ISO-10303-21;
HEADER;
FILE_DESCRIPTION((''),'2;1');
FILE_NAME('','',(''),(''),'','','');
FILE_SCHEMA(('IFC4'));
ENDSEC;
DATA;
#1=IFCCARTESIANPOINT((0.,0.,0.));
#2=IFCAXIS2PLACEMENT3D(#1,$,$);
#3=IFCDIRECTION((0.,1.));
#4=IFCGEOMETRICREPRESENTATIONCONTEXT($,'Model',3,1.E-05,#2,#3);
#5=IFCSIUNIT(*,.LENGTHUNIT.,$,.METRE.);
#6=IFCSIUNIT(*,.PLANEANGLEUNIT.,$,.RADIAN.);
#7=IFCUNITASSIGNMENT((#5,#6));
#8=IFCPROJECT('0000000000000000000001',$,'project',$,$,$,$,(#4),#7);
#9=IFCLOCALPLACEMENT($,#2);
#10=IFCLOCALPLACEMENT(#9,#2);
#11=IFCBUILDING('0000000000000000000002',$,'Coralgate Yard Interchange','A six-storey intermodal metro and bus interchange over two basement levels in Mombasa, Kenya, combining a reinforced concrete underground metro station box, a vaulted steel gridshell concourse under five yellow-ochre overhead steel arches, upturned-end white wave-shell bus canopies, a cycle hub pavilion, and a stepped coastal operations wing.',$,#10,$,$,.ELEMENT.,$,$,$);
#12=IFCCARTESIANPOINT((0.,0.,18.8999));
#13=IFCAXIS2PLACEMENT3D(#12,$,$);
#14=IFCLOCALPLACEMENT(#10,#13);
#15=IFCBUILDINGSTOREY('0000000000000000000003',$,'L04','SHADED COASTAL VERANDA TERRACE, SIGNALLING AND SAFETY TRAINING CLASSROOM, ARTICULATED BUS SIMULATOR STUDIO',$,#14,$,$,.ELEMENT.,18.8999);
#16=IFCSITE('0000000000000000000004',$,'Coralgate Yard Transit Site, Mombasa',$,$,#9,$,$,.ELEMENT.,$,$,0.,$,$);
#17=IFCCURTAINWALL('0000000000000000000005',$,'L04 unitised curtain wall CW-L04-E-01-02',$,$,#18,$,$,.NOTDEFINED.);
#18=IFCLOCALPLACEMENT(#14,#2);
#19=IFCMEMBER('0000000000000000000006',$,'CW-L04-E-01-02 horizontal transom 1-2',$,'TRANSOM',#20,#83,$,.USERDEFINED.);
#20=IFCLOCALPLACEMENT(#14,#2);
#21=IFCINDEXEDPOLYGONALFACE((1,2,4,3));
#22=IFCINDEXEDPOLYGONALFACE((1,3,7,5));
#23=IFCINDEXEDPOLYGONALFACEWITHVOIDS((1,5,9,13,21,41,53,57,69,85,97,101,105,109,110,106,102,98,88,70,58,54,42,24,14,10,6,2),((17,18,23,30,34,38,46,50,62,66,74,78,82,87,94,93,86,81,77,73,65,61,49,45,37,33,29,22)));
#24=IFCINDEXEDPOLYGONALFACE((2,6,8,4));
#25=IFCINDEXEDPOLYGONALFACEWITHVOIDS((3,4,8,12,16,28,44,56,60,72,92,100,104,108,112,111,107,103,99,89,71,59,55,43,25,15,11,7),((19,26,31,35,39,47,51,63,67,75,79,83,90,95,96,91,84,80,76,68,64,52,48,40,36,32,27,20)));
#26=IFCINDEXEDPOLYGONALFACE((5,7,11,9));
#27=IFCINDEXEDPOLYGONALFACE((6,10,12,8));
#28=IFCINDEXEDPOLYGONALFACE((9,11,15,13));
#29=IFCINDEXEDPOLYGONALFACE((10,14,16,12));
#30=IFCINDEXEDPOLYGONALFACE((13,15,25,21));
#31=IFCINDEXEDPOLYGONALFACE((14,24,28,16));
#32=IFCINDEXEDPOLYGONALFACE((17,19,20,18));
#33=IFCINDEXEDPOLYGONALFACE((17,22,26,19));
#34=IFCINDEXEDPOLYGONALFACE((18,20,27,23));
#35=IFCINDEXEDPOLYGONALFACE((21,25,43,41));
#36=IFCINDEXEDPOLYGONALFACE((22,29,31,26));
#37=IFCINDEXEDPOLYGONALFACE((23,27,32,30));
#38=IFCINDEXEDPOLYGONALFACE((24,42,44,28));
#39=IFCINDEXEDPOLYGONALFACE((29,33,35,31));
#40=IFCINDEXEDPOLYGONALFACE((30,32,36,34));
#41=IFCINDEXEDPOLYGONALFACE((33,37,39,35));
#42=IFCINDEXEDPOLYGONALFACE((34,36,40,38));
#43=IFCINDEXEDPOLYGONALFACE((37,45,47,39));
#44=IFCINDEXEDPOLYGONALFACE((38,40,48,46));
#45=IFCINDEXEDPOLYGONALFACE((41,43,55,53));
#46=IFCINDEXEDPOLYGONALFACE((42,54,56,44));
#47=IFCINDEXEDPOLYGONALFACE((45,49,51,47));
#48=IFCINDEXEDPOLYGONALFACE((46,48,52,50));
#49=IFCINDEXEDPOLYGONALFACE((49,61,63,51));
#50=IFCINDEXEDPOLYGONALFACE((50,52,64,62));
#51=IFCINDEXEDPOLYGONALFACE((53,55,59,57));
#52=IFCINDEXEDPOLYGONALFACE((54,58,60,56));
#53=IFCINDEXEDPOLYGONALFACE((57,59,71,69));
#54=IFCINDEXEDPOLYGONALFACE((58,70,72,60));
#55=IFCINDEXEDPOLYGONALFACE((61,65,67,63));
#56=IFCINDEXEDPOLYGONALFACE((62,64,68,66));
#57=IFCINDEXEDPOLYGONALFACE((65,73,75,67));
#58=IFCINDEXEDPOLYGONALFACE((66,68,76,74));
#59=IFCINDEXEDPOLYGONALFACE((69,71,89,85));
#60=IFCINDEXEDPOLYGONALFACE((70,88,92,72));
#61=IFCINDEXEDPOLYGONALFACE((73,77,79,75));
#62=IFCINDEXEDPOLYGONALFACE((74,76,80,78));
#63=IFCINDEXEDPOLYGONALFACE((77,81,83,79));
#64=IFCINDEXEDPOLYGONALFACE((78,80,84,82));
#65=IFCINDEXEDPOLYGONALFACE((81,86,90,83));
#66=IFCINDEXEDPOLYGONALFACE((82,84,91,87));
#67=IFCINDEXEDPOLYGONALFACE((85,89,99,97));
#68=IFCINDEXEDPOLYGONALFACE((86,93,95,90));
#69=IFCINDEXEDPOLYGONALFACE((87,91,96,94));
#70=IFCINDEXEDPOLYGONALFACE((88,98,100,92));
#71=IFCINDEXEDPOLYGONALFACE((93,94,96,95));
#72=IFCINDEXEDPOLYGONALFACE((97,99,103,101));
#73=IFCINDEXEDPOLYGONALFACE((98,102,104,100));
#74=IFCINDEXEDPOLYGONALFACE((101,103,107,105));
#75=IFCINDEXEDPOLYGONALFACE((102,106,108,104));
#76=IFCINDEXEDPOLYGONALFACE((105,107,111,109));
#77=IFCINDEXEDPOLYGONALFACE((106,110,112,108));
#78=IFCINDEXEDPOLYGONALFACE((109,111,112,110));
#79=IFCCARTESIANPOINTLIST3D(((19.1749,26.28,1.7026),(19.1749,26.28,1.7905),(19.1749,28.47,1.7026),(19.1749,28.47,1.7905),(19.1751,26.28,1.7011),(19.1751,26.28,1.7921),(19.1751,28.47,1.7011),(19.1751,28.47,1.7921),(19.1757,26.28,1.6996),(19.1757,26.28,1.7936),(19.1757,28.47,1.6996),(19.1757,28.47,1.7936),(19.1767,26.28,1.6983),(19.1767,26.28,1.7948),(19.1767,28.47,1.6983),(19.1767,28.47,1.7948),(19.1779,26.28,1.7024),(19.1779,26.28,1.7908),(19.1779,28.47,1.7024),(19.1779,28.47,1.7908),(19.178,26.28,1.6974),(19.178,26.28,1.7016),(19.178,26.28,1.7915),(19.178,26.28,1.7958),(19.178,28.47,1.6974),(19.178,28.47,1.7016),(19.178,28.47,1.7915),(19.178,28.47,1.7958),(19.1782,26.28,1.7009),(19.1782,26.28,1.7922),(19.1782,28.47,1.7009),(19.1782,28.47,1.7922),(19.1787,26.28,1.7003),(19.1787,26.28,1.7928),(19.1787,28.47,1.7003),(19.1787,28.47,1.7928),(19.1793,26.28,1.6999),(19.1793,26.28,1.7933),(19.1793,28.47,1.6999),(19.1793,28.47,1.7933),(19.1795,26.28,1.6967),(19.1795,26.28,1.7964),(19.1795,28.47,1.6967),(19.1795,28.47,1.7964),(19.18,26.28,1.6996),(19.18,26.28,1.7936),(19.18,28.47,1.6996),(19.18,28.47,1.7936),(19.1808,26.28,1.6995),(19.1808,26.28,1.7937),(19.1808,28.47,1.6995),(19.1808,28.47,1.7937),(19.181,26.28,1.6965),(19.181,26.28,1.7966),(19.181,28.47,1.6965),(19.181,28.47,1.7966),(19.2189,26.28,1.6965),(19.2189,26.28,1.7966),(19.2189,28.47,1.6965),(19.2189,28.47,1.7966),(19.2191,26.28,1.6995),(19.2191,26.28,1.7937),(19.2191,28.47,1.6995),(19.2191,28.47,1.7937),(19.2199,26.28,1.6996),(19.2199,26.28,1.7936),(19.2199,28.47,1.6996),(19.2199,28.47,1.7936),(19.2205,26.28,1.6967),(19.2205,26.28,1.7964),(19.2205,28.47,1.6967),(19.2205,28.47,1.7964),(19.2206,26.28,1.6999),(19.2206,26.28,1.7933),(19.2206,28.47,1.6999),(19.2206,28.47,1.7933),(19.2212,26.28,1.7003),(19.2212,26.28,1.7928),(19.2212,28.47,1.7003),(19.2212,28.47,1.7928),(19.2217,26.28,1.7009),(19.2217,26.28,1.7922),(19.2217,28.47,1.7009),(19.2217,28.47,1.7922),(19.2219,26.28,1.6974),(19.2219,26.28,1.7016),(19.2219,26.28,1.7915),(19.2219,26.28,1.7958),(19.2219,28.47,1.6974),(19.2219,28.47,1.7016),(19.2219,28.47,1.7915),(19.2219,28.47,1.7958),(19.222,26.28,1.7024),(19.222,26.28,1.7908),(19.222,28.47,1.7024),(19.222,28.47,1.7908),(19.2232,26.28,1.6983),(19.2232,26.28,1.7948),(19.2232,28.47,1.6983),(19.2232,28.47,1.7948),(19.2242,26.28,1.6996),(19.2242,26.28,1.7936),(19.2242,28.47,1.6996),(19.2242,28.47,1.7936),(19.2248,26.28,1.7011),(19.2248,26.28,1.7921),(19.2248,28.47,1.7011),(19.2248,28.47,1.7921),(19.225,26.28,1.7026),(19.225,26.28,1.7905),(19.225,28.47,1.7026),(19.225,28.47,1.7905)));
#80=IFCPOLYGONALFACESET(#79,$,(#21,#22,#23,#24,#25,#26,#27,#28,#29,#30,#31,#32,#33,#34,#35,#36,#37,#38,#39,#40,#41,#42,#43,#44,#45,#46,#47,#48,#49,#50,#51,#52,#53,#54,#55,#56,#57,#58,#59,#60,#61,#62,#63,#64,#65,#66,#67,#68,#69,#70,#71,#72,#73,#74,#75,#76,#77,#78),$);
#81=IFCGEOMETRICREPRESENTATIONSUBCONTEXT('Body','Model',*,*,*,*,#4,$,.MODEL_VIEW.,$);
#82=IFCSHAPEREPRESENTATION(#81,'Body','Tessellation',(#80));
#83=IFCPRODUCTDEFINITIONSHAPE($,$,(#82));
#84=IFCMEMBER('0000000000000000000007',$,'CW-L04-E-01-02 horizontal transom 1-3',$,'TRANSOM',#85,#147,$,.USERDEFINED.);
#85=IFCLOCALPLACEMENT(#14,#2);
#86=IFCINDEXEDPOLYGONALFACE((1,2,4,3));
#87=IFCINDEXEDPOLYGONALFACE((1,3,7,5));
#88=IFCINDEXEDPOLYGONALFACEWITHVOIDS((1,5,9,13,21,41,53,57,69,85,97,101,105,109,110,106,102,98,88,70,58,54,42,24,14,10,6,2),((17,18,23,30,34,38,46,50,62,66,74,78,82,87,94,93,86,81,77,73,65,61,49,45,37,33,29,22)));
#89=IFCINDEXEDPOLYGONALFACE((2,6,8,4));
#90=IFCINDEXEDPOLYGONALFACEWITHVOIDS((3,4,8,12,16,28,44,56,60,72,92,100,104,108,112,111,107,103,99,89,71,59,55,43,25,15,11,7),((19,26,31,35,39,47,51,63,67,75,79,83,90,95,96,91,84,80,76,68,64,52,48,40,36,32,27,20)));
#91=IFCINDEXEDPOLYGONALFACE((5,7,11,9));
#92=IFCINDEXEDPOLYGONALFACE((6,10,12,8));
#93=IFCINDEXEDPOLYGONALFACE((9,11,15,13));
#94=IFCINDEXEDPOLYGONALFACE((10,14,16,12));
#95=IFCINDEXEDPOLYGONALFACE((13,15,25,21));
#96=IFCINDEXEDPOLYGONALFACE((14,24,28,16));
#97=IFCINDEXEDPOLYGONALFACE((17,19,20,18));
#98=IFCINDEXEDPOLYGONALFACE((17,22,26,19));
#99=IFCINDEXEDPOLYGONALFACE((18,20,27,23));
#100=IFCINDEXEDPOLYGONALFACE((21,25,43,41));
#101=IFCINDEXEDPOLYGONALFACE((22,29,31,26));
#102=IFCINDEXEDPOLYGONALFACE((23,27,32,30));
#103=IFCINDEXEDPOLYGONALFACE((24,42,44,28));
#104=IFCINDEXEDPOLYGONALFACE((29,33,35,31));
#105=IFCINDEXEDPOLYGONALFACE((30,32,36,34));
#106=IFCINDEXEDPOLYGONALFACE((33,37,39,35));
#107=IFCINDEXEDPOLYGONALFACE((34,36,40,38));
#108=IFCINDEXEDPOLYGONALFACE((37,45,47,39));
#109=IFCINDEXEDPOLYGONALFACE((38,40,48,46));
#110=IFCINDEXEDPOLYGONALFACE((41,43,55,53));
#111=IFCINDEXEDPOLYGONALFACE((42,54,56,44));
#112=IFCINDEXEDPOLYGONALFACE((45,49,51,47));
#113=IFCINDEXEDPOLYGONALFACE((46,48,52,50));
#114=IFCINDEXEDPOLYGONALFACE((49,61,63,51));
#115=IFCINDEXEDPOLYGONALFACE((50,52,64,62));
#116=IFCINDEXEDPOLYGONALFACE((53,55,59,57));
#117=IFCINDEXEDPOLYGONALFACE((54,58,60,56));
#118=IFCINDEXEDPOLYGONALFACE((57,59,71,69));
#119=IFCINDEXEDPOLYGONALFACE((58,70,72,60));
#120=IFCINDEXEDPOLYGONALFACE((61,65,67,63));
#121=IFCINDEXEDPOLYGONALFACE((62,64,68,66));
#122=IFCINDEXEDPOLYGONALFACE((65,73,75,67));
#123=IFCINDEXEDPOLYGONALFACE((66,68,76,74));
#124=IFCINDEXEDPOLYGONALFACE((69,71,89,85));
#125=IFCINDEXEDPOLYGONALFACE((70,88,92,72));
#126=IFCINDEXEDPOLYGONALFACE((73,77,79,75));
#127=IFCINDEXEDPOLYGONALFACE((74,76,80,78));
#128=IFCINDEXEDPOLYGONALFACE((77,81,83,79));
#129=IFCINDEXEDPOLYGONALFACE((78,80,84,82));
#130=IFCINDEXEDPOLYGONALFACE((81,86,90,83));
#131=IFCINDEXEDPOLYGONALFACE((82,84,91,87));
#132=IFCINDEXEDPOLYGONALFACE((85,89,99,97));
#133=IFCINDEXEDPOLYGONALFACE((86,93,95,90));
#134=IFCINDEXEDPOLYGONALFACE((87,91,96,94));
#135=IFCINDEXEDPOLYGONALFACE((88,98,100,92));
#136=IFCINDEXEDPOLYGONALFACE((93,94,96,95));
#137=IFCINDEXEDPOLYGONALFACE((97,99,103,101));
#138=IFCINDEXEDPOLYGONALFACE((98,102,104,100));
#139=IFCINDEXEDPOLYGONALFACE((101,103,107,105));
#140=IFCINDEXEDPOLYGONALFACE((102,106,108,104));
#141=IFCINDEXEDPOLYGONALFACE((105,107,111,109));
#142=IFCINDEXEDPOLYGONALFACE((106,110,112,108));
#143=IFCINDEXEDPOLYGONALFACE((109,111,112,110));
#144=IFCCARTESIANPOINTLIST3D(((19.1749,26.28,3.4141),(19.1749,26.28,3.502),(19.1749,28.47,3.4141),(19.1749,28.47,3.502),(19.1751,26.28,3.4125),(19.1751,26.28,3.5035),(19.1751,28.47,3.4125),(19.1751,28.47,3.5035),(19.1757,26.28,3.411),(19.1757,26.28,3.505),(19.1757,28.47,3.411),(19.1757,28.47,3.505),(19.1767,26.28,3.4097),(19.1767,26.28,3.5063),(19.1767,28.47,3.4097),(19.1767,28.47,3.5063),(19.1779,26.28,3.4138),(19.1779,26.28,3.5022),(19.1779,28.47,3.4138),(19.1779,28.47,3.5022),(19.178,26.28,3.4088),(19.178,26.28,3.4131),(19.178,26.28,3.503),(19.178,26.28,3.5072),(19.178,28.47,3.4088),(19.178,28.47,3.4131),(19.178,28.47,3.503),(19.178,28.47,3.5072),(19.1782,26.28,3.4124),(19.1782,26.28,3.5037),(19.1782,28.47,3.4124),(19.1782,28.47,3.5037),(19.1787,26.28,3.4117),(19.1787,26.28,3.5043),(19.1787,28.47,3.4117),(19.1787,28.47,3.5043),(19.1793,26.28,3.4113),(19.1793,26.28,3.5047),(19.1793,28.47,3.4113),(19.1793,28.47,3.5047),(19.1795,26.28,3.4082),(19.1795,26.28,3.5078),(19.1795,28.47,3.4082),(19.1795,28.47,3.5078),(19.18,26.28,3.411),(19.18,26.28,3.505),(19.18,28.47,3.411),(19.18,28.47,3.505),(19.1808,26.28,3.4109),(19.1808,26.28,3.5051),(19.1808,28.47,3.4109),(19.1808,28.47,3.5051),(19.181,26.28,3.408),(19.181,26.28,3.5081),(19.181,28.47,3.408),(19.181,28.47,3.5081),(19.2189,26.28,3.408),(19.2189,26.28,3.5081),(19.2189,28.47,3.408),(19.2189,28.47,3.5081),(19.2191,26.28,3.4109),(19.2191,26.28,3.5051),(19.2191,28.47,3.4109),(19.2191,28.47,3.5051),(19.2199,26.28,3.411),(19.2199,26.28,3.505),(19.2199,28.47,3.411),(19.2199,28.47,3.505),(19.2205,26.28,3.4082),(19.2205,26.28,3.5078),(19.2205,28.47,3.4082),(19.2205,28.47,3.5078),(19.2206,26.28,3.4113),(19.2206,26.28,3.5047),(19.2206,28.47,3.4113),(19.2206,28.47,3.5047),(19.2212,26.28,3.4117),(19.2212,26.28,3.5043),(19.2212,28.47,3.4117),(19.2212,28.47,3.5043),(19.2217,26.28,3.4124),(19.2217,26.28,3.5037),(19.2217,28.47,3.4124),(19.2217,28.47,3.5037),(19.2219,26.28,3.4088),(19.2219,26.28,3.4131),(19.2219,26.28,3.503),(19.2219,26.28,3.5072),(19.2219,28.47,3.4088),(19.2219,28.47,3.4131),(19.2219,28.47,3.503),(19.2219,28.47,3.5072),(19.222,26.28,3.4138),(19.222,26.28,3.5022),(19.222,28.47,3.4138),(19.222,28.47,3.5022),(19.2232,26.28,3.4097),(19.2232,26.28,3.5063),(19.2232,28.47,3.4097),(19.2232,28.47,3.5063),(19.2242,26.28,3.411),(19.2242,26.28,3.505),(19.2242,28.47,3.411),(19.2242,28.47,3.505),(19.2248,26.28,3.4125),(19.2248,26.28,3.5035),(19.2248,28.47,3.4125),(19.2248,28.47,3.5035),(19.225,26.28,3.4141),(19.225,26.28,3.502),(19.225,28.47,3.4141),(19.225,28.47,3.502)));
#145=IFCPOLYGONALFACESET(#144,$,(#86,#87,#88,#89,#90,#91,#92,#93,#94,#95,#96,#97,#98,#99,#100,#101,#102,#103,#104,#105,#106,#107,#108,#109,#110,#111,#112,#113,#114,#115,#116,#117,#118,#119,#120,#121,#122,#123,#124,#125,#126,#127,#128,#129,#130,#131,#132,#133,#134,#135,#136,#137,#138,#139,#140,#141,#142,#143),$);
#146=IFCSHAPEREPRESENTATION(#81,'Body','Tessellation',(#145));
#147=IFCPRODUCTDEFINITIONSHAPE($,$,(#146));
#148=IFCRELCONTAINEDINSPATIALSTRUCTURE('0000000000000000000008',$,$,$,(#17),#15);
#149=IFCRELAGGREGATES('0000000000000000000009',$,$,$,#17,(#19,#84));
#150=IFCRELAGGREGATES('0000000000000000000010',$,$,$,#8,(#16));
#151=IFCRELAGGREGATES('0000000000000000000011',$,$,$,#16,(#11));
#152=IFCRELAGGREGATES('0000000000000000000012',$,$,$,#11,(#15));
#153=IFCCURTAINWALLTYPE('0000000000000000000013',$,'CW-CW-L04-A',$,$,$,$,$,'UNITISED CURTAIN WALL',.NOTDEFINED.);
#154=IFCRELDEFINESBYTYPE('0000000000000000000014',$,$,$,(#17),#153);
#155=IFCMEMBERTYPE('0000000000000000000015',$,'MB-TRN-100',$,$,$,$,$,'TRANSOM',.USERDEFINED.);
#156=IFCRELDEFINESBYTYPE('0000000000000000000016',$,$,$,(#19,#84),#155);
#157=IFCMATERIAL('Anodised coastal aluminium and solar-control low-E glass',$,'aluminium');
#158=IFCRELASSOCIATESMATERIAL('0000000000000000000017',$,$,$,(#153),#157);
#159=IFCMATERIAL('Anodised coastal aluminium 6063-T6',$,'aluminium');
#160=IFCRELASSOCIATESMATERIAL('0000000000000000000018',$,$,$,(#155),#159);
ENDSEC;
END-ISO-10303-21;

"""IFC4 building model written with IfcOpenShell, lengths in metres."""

from ifc_helpers import new_model, si_unit, direction, frame, origin, origin_2d, place, context, subcontext, project, spatial, hollow_rectangle, extrude, material, material_profile, profile_set, type_object, element, aggregate, save


model = new_model("IFC4")

# Units and contexts
model_context = context("Model", 3, precision=1e-05, world=origin(), true_north=direction((0.0, 1.0)))
body_context = subcontext(model_context, "Body", "Model", "MODEL_VIEW")
ifc_project = project(units=[si_unit("LENGTHUNIT", "METRE"), si_unit("PLANEANGLEUNIT", "RADIAN")], contexts=[model_context])

# Site, building, storey
site_placement = place(None, origin())
site = spatial("IfcSite", under=ifc_project, at=site_placement, Name="Coralgate Yard Transit Site, Mombasa", CompositionType="ELEMENT", RefElevation=0.0)
building_placement = place(site_placement, origin())
building = spatial("IfcBuilding", under=site, at=building_placement, Name="Coralgate Yard Interchange", Description="A six-storey intermodal metro and bus interchange over two basement levels in Mombasa, Kenya, combining a reinforced concrete underground metro station box, a vaulted steel gridshell concourse under five yellow-ochre overhead steel arches, upturned-end white wave-shell bus canopies, a cycle hub pavilion, and a stepped coastal operations wing.", CompositionType="ELEMENT")
storey_placement = place(building_placement, frame((0.0, 0.0, 18.8999)))
storey = spatial("IfcBuildingStorey", under=building, at=storey_placement, Name="L04", Description="SHADED COASTAL VERANDA TERRACE, SIGNALLING AND SAFETY TRAINING CLASSROOM, ARTICULATED BUS SIMULATOR STUDIO", CompositionType="ELEMENT", Elevation=18.8999)

# Curtain wall, members
ifc_material_1 = material(Name="Anodised coastal aluminium and solar-control low-E glass", Category="aluminium")
curtain_wall_type = type_object("IfcCurtainWallType", Name="CW-CW-L04-A", ElementType="UNITISED CURTAIN WALL", PredefinedType="NOTDEFINED", material=ifc_material_1)
curtain_wall_placement = place(storey_placement, origin())
curtain_wall = element("IfcCurtainWall", 1, at=curtain_wall_placement, inside=storey, type_object=curtain_wall_type, Name="L04 unitised curtain wall CW-L04-E-01-02", PredefinedType="NOTDEFINED")
ifc_material_2 = material(Name="Anodised coastal aluminium 6063-T6", Category="aluminium")
ifc_material_profile_1 = material_profile(ifc_material_2, hollow_rectangle(XDim=0.05, YDim=0.1001, WallThickness=0.0029, InnerFilletRadius=0.0029, OuterFilletRadius=0.0061, at=origin_2d()), Name="ALU 50x100x3")
ifc_profile_set_1 = profile_set([ifc_material_profile_1], Name="Anodised coastal aluminium 6063-T6")
member_type_1 = type_object("IfcMemberType", Name="MB-TRN-100", ElementType="TRANSOM", PredefinedType="USERDEFINED", material=ifc_profile_set_1)
member_1_placement = place(storey_placement, frame((19.2, 28.47, 1.7466), z_axis=(0.0, -1.0, 0.0), x_axis=(1.0, 0.0, 0.0)))
member_1 = element("IfcMember", 2, at=member_1_placement, type_object=member_type_1, Name="CW-L04-E-01-02 horizontal transom 1-2", ObjectType="TRANSOM", PredefinedType="USERDEFINED", context=body_context, shape_type="SweptSolid", body=[
    extrude(hollow_rectangle(XDim=0.05, YDim=0.1001, WallThickness=0.0029, InnerFilletRadius=0.0029, OuterFilletRadius=0.0061, at=origin_2d()), origin(), (0.0, 0.0, 1.0), 2.1899),
])
member_2_placement = place(storey_placement, frame((19.2, 28.47, 3.458), z_axis=(0.0, -1.0, 0.0), x_axis=(1.0, 0.0, 0.0)))
member_2 = element("IfcMember", 3, at=member_2_placement, type_object=member_type_1, Name="CW-L04-E-01-02 horizontal transom 1-3", ObjectType="TRANSOM", PredefinedType="USERDEFINED", context=body_context, shape_type="SweptSolid", body=[
    extrude(hollow_rectangle(XDim=0.05, YDim=0.1001, WallThickness=0.0029, InnerFilletRadius=0.0029, OuterFilletRadius=0.0061, at=origin_2d()), origin(), (0.0, 0.0, 1.0), 2.1899),
])
aggregate(curtain_wall, [member_1, member_2])

save(model, "model.ifc")
